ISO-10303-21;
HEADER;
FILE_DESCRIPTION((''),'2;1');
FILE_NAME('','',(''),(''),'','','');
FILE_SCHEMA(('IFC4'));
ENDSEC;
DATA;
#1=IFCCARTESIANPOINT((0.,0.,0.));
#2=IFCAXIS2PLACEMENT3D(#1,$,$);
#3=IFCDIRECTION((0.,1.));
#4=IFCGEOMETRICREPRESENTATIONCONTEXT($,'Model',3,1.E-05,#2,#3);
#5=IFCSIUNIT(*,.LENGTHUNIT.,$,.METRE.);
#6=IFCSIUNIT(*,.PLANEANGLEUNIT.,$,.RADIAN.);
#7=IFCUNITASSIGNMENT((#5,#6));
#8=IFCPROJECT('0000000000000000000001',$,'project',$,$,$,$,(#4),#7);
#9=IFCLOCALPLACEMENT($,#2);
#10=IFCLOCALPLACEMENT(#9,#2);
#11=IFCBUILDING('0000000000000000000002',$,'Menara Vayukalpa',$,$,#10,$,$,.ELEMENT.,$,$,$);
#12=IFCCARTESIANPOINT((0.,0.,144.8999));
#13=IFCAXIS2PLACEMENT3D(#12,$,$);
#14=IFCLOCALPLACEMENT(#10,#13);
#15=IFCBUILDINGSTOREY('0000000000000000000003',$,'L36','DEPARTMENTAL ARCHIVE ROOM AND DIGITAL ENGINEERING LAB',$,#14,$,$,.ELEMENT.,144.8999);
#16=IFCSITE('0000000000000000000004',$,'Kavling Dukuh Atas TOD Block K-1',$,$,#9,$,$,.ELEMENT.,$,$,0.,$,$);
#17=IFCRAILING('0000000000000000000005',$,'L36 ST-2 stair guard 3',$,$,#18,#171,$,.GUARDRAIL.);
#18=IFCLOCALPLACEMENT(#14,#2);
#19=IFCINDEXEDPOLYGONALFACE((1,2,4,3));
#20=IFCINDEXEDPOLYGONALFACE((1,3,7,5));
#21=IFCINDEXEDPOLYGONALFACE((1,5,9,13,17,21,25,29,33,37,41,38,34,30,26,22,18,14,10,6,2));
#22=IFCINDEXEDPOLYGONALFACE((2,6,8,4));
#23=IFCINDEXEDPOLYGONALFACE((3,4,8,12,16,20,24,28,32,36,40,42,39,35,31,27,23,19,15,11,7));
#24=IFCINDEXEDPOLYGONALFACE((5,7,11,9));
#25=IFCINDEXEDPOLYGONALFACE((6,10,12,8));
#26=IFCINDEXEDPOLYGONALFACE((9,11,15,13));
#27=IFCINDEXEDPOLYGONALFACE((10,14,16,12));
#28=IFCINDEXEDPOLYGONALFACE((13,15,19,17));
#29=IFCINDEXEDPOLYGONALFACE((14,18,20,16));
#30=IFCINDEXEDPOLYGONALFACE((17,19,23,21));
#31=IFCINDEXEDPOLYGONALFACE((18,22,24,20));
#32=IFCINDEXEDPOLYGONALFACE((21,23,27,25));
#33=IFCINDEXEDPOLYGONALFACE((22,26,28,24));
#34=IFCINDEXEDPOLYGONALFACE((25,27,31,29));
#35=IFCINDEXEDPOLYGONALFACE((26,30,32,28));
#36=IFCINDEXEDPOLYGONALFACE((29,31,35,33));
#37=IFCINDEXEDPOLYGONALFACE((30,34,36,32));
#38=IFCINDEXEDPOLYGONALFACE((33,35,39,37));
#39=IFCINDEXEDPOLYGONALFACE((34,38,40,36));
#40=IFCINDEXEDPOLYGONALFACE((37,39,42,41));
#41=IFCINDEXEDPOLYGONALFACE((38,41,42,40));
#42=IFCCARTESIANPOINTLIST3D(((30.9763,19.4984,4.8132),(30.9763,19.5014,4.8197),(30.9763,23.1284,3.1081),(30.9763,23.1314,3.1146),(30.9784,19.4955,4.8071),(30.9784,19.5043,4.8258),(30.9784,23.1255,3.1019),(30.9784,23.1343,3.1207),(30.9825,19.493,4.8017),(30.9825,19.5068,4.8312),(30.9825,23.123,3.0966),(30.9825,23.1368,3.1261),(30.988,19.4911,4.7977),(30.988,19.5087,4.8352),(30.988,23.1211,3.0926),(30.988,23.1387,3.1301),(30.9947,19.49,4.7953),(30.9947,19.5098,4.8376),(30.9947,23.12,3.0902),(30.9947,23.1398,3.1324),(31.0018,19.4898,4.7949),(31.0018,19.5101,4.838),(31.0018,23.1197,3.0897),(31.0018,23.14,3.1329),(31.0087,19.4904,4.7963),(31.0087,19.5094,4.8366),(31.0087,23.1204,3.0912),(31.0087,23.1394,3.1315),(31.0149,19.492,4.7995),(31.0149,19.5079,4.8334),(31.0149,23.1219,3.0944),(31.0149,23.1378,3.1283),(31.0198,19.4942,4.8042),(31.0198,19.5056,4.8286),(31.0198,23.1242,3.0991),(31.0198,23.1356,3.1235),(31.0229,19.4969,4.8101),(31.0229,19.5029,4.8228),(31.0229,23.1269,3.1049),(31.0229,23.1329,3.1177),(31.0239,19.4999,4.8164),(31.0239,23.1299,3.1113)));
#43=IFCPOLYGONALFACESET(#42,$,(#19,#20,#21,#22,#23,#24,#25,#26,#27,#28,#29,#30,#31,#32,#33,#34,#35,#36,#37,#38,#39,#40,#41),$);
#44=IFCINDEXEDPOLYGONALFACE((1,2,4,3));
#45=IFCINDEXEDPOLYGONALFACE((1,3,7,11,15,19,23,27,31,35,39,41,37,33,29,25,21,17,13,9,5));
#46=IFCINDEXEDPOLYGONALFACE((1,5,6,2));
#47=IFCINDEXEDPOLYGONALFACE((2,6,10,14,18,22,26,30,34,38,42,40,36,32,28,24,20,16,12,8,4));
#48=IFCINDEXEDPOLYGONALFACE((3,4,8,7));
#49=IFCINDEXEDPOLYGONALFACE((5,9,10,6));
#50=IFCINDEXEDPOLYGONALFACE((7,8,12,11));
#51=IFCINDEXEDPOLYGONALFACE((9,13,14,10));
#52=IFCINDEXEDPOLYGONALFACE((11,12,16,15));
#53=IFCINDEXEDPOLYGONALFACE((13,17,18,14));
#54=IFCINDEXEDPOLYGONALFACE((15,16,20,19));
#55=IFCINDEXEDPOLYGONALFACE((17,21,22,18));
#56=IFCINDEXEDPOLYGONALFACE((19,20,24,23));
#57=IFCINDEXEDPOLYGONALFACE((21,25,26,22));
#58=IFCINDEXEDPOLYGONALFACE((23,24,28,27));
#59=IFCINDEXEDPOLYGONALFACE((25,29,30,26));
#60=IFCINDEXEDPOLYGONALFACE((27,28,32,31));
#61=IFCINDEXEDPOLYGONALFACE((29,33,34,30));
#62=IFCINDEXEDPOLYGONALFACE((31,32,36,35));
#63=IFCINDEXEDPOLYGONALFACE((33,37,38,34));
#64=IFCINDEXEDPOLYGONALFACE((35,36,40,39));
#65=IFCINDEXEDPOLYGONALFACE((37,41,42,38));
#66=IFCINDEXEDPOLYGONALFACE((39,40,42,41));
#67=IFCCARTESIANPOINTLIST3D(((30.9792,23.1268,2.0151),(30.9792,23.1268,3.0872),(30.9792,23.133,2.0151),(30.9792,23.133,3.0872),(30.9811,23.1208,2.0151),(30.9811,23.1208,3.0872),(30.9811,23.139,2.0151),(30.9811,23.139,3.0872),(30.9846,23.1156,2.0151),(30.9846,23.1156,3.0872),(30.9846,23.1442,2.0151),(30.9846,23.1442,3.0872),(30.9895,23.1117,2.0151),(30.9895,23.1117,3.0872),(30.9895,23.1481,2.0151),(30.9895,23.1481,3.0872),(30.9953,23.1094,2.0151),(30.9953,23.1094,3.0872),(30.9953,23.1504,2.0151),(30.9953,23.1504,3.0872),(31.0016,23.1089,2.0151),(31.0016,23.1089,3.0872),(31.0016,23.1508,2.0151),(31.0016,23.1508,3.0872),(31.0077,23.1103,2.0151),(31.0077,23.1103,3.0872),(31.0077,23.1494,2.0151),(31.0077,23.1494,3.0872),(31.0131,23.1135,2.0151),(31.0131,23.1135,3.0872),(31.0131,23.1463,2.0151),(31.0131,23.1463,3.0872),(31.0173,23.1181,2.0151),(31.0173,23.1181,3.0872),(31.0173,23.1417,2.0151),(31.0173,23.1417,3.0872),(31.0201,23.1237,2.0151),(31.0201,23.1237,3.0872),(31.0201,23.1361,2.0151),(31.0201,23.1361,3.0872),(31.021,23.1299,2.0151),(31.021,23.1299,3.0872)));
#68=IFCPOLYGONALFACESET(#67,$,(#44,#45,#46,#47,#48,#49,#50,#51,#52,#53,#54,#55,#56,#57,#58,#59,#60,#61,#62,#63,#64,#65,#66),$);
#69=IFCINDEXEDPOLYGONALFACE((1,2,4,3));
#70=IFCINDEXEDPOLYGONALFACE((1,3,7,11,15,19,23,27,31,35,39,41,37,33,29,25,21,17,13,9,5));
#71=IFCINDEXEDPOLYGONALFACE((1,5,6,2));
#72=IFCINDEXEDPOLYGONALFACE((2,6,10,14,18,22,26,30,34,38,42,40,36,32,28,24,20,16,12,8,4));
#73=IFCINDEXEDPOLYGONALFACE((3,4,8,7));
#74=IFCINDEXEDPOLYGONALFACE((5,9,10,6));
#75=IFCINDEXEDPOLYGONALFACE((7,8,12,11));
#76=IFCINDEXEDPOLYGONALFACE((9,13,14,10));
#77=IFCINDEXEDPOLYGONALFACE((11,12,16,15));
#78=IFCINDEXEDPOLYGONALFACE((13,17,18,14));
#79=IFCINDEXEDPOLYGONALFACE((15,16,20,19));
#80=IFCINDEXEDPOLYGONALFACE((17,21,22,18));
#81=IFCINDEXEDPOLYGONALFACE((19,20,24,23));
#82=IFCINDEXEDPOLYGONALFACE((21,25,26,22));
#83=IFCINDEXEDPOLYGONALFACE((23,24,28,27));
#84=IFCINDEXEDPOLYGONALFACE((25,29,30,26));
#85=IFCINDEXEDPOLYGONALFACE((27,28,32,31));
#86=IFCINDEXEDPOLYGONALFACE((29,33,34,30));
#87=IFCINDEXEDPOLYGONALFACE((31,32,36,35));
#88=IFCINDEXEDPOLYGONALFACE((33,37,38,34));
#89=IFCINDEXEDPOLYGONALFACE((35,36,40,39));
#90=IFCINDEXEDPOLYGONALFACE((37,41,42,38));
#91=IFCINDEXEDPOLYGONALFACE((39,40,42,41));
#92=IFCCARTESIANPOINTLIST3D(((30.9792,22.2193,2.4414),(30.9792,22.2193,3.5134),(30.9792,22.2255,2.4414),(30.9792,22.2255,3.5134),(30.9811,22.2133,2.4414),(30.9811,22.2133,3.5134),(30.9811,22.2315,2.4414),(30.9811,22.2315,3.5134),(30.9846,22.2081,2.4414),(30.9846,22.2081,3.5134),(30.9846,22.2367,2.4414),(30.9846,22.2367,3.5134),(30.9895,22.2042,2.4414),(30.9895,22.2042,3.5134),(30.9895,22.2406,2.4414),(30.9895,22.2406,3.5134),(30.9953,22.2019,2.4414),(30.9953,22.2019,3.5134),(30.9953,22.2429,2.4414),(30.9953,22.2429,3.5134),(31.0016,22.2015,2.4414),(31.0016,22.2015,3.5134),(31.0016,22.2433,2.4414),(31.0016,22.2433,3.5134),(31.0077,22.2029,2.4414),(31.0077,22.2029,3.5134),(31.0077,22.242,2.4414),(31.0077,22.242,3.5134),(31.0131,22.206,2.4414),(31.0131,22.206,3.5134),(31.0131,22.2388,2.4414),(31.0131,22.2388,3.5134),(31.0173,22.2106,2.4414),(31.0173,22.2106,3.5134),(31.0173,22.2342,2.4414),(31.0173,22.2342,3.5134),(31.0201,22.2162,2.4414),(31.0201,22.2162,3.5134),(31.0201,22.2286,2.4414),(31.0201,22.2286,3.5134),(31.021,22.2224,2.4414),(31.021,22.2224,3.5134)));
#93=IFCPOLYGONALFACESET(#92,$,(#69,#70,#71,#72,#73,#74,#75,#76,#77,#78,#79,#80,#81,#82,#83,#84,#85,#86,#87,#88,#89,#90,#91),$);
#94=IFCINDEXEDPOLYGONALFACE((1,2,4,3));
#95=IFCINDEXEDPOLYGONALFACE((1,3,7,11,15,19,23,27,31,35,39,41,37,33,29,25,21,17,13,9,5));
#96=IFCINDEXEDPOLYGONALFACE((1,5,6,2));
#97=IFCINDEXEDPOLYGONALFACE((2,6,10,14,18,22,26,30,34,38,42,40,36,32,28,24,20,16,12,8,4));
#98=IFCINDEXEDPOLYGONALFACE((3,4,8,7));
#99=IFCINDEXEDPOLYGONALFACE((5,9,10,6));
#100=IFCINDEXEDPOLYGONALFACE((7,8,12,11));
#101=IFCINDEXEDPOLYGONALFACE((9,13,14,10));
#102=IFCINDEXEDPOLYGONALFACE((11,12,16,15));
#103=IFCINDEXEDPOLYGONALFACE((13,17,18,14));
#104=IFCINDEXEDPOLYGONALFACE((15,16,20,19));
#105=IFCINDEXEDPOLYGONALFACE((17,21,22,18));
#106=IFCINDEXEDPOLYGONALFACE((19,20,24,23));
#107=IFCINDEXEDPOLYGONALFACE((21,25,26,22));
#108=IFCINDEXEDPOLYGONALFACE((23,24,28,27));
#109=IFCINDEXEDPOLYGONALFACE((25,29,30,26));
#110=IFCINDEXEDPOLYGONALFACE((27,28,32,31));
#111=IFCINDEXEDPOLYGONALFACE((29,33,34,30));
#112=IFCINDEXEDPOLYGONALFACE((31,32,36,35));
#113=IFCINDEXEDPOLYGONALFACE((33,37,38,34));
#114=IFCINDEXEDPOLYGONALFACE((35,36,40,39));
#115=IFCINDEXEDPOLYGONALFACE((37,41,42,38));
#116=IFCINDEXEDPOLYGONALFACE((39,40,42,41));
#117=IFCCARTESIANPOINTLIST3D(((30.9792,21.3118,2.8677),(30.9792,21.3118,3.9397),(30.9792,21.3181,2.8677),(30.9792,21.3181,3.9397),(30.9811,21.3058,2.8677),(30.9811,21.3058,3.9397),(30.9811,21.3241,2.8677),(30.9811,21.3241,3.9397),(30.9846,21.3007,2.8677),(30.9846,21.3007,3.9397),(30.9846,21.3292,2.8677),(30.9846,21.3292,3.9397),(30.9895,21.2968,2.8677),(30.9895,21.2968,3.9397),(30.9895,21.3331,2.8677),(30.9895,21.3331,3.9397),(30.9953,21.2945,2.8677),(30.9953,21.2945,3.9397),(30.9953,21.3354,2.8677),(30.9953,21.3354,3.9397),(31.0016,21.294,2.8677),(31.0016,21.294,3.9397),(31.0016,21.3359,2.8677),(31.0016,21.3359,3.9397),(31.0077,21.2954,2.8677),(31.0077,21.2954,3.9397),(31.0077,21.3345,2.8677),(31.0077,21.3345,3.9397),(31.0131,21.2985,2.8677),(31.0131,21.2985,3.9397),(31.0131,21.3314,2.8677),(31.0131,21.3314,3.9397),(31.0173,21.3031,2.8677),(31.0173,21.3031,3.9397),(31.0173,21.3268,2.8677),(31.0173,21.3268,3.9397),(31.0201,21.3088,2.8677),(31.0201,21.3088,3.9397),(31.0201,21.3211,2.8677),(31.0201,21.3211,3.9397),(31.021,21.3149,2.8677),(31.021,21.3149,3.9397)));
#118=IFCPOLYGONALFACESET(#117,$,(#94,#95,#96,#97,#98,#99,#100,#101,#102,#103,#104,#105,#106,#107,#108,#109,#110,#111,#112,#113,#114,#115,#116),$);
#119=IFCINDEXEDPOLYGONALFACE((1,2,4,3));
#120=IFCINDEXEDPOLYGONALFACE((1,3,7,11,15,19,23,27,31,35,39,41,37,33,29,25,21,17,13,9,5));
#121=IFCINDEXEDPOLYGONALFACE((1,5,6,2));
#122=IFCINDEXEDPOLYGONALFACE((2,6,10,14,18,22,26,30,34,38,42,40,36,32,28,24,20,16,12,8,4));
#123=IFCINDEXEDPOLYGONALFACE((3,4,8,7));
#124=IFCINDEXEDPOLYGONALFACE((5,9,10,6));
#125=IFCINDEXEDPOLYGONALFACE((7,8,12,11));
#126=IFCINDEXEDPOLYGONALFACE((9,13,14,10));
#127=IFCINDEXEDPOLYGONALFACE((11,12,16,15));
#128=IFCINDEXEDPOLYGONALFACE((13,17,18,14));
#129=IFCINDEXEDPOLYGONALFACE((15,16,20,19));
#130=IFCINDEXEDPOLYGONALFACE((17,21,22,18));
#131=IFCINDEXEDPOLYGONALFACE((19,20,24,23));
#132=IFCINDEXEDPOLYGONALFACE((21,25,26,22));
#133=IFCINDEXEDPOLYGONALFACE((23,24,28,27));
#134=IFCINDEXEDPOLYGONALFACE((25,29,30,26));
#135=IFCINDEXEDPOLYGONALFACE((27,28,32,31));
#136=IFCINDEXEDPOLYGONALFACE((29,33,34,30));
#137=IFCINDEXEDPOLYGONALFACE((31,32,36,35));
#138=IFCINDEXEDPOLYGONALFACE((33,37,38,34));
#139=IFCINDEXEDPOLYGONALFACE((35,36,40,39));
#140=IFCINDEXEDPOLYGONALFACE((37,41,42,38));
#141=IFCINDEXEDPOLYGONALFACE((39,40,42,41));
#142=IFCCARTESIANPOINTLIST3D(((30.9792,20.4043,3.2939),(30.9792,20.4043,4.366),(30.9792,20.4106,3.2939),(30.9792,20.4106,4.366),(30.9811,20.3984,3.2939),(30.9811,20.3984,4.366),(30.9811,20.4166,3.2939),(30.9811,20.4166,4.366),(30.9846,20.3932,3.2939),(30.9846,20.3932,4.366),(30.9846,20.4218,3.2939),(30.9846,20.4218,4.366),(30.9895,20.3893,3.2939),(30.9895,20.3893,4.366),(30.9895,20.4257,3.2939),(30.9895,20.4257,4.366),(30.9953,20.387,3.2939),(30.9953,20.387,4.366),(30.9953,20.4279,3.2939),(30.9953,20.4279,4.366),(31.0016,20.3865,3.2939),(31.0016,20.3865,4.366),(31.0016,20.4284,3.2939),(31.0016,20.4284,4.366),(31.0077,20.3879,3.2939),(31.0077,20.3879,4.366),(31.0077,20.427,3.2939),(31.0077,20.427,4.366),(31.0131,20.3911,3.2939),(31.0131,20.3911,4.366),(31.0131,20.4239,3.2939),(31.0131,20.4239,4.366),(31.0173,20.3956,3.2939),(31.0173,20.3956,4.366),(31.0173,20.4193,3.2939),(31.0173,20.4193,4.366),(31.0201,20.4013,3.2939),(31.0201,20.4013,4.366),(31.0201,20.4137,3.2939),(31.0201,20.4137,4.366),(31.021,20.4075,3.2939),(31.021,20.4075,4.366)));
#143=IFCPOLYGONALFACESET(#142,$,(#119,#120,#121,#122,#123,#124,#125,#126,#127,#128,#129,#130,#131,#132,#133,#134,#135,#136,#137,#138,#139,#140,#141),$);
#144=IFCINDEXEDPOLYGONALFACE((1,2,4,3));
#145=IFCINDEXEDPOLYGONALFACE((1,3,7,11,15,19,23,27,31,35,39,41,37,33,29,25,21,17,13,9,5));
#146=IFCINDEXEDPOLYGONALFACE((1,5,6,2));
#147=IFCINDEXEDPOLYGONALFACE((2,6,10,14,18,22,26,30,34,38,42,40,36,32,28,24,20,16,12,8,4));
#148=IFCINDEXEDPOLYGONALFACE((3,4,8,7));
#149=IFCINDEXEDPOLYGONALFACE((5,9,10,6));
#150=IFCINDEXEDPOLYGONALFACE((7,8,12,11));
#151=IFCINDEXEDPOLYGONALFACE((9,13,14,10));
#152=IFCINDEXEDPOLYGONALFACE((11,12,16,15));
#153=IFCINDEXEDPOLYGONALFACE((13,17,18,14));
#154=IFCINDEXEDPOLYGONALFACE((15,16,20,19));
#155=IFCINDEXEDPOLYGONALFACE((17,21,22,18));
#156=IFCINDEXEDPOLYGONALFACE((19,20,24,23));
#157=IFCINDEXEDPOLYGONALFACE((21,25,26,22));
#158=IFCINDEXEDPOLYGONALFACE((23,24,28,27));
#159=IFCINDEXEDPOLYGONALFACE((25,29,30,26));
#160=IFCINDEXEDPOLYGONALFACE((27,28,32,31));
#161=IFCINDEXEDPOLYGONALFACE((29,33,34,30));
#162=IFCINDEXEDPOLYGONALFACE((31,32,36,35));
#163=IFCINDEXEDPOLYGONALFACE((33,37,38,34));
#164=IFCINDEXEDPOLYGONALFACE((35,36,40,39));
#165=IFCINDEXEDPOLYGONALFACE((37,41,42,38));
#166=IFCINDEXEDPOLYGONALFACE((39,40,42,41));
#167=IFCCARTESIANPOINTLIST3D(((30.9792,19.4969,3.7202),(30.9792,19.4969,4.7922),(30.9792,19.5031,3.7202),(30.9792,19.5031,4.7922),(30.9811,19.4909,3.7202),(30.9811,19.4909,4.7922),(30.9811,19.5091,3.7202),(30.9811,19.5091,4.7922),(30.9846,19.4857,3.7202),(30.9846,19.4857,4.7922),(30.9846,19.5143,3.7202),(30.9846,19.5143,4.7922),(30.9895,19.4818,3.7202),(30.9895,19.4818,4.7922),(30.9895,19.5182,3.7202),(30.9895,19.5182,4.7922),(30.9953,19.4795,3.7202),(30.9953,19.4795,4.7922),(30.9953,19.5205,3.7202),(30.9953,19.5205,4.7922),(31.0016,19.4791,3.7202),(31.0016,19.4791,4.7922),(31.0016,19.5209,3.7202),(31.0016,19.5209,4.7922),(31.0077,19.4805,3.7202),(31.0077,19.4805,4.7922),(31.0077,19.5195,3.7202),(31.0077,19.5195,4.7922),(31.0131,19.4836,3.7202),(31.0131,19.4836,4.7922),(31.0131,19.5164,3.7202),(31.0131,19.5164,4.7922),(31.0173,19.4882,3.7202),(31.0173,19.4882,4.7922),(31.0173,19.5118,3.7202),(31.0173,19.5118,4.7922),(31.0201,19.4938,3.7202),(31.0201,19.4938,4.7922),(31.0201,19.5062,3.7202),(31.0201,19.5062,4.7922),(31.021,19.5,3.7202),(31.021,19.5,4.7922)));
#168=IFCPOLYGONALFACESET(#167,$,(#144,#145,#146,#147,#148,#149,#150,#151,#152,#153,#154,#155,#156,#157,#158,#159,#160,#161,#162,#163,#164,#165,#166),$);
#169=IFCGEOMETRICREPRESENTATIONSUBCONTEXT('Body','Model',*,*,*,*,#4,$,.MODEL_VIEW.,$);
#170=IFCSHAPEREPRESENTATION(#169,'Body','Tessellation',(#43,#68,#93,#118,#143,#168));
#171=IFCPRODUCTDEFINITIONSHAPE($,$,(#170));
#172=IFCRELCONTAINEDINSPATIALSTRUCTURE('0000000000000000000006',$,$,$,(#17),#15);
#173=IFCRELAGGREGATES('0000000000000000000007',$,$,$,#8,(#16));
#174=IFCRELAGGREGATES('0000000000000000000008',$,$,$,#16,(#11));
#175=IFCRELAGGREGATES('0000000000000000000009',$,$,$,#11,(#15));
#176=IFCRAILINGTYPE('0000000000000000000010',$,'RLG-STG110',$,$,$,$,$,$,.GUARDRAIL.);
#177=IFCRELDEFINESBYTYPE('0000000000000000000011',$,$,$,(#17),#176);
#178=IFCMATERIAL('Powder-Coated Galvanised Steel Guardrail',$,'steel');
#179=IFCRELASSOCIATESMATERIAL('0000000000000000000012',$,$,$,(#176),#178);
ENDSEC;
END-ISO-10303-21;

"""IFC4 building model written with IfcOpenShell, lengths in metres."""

from ifc_helpers import new_model, si_unit, direction, frame, origin, origin_2d, place, context, subcontext, project, spatial, circle, extrude, material, type_object, element, save


model = new_model("IFC4")

# Units and contexts
model_context = context("Model", 3, precision=1e-05, world=origin(), true_north=direction((0.0, 1.0)))
body_context = subcontext(model_context, "Body", "Model", "MODEL_VIEW")
ifc_project = project(units=[si_unit("LENGTHUNIT", "METRE"), si_unit("PLANEANGLEUNIT", "RADIAN")], contexts=[model_context])

# Site, building, storey
site_placement = place(None, origin())
site = spatial("IfcSite", under=ifc_project, at=site_placement, Name="Kavling Dukuh Atas TOD Block K-1", CompositionType="ELEMENT", RefElevation=0.0)
building_placement = place(site_placement, origin())
building = spatial("IfcBuilding", under=site, at=building_placement, Name="Menara Vayukalpa", CompositionType="ELEMENT")
storey_placement = place(building_placement, frame((0.0, 0.0, 144.8999)))
storey = spatial("IfcBuildingStorey", under=building, at=storey_placement, Name="L36", Description="DEPARTMENTAL ARCHIVE ROOM AND DIGITAL ENGINEERING LAB", CompositionType="ELEMENT", Elevation=144.8999)

# Railing
ifc_material_1 = material(Name="Powder-Coated Galvanised Steel Guardrail", Category="steel")
railing_type_1 = type_object("IfcRailingType", Name="RLG-STG110", PredefinedType="GUARDRAIL", material=ifc_material_1)
railing_1_placement = place(storey_placement, frame((31.0, 23.1299, 2.0151)))
element("IfcRailing", 1, at=railing_1_placement, inside=storey, type_object=railing_type_1, Name="L36 ST-2 stair guard 3", PredefinedType="GUARDRAIL", context=body_context, shape_type="SweptSolid", body=[
    extrude(circle(Radius=0.0239, at=origin_2d()), frame((0.0, 0.0, 1.0962), z_axis=(0.0, -0.905116, 0.425164), x_axis=(1.0, 0.0, 0.0)), (0.0, 0.0, 1.0), 4.0105),
    extrude(circle(Radius=0.021, at=origin_2d()), origin(), (0.0, 0.0, 1.0), 1.072),
    extrude(circle(Radius=0.021, at=origin_2d()), frame((0.0, -0.9075, 0.4263)), (0.0, 0.0, 1.0), 1.072),
    extrude(circle(Radius=0.021, at=origin_2d()), frame((0.0, -1.8149, 0.8525)), (0.0, 0.0, 1.0), 1.072),
    extrude(circle(Radius=0.021, at=origin_2d()), frame((0.0, -2.7224, 1.2788)), (0.0, 0.0, 1.0), 1.072),
    extrude(circle(Radius=0.021, at=origin_2d()), frame((0.0, -3.6299, 1.7051)), (0.0, 0.0, 1.0), 1.072),
])

save(model, "model.ifc")
